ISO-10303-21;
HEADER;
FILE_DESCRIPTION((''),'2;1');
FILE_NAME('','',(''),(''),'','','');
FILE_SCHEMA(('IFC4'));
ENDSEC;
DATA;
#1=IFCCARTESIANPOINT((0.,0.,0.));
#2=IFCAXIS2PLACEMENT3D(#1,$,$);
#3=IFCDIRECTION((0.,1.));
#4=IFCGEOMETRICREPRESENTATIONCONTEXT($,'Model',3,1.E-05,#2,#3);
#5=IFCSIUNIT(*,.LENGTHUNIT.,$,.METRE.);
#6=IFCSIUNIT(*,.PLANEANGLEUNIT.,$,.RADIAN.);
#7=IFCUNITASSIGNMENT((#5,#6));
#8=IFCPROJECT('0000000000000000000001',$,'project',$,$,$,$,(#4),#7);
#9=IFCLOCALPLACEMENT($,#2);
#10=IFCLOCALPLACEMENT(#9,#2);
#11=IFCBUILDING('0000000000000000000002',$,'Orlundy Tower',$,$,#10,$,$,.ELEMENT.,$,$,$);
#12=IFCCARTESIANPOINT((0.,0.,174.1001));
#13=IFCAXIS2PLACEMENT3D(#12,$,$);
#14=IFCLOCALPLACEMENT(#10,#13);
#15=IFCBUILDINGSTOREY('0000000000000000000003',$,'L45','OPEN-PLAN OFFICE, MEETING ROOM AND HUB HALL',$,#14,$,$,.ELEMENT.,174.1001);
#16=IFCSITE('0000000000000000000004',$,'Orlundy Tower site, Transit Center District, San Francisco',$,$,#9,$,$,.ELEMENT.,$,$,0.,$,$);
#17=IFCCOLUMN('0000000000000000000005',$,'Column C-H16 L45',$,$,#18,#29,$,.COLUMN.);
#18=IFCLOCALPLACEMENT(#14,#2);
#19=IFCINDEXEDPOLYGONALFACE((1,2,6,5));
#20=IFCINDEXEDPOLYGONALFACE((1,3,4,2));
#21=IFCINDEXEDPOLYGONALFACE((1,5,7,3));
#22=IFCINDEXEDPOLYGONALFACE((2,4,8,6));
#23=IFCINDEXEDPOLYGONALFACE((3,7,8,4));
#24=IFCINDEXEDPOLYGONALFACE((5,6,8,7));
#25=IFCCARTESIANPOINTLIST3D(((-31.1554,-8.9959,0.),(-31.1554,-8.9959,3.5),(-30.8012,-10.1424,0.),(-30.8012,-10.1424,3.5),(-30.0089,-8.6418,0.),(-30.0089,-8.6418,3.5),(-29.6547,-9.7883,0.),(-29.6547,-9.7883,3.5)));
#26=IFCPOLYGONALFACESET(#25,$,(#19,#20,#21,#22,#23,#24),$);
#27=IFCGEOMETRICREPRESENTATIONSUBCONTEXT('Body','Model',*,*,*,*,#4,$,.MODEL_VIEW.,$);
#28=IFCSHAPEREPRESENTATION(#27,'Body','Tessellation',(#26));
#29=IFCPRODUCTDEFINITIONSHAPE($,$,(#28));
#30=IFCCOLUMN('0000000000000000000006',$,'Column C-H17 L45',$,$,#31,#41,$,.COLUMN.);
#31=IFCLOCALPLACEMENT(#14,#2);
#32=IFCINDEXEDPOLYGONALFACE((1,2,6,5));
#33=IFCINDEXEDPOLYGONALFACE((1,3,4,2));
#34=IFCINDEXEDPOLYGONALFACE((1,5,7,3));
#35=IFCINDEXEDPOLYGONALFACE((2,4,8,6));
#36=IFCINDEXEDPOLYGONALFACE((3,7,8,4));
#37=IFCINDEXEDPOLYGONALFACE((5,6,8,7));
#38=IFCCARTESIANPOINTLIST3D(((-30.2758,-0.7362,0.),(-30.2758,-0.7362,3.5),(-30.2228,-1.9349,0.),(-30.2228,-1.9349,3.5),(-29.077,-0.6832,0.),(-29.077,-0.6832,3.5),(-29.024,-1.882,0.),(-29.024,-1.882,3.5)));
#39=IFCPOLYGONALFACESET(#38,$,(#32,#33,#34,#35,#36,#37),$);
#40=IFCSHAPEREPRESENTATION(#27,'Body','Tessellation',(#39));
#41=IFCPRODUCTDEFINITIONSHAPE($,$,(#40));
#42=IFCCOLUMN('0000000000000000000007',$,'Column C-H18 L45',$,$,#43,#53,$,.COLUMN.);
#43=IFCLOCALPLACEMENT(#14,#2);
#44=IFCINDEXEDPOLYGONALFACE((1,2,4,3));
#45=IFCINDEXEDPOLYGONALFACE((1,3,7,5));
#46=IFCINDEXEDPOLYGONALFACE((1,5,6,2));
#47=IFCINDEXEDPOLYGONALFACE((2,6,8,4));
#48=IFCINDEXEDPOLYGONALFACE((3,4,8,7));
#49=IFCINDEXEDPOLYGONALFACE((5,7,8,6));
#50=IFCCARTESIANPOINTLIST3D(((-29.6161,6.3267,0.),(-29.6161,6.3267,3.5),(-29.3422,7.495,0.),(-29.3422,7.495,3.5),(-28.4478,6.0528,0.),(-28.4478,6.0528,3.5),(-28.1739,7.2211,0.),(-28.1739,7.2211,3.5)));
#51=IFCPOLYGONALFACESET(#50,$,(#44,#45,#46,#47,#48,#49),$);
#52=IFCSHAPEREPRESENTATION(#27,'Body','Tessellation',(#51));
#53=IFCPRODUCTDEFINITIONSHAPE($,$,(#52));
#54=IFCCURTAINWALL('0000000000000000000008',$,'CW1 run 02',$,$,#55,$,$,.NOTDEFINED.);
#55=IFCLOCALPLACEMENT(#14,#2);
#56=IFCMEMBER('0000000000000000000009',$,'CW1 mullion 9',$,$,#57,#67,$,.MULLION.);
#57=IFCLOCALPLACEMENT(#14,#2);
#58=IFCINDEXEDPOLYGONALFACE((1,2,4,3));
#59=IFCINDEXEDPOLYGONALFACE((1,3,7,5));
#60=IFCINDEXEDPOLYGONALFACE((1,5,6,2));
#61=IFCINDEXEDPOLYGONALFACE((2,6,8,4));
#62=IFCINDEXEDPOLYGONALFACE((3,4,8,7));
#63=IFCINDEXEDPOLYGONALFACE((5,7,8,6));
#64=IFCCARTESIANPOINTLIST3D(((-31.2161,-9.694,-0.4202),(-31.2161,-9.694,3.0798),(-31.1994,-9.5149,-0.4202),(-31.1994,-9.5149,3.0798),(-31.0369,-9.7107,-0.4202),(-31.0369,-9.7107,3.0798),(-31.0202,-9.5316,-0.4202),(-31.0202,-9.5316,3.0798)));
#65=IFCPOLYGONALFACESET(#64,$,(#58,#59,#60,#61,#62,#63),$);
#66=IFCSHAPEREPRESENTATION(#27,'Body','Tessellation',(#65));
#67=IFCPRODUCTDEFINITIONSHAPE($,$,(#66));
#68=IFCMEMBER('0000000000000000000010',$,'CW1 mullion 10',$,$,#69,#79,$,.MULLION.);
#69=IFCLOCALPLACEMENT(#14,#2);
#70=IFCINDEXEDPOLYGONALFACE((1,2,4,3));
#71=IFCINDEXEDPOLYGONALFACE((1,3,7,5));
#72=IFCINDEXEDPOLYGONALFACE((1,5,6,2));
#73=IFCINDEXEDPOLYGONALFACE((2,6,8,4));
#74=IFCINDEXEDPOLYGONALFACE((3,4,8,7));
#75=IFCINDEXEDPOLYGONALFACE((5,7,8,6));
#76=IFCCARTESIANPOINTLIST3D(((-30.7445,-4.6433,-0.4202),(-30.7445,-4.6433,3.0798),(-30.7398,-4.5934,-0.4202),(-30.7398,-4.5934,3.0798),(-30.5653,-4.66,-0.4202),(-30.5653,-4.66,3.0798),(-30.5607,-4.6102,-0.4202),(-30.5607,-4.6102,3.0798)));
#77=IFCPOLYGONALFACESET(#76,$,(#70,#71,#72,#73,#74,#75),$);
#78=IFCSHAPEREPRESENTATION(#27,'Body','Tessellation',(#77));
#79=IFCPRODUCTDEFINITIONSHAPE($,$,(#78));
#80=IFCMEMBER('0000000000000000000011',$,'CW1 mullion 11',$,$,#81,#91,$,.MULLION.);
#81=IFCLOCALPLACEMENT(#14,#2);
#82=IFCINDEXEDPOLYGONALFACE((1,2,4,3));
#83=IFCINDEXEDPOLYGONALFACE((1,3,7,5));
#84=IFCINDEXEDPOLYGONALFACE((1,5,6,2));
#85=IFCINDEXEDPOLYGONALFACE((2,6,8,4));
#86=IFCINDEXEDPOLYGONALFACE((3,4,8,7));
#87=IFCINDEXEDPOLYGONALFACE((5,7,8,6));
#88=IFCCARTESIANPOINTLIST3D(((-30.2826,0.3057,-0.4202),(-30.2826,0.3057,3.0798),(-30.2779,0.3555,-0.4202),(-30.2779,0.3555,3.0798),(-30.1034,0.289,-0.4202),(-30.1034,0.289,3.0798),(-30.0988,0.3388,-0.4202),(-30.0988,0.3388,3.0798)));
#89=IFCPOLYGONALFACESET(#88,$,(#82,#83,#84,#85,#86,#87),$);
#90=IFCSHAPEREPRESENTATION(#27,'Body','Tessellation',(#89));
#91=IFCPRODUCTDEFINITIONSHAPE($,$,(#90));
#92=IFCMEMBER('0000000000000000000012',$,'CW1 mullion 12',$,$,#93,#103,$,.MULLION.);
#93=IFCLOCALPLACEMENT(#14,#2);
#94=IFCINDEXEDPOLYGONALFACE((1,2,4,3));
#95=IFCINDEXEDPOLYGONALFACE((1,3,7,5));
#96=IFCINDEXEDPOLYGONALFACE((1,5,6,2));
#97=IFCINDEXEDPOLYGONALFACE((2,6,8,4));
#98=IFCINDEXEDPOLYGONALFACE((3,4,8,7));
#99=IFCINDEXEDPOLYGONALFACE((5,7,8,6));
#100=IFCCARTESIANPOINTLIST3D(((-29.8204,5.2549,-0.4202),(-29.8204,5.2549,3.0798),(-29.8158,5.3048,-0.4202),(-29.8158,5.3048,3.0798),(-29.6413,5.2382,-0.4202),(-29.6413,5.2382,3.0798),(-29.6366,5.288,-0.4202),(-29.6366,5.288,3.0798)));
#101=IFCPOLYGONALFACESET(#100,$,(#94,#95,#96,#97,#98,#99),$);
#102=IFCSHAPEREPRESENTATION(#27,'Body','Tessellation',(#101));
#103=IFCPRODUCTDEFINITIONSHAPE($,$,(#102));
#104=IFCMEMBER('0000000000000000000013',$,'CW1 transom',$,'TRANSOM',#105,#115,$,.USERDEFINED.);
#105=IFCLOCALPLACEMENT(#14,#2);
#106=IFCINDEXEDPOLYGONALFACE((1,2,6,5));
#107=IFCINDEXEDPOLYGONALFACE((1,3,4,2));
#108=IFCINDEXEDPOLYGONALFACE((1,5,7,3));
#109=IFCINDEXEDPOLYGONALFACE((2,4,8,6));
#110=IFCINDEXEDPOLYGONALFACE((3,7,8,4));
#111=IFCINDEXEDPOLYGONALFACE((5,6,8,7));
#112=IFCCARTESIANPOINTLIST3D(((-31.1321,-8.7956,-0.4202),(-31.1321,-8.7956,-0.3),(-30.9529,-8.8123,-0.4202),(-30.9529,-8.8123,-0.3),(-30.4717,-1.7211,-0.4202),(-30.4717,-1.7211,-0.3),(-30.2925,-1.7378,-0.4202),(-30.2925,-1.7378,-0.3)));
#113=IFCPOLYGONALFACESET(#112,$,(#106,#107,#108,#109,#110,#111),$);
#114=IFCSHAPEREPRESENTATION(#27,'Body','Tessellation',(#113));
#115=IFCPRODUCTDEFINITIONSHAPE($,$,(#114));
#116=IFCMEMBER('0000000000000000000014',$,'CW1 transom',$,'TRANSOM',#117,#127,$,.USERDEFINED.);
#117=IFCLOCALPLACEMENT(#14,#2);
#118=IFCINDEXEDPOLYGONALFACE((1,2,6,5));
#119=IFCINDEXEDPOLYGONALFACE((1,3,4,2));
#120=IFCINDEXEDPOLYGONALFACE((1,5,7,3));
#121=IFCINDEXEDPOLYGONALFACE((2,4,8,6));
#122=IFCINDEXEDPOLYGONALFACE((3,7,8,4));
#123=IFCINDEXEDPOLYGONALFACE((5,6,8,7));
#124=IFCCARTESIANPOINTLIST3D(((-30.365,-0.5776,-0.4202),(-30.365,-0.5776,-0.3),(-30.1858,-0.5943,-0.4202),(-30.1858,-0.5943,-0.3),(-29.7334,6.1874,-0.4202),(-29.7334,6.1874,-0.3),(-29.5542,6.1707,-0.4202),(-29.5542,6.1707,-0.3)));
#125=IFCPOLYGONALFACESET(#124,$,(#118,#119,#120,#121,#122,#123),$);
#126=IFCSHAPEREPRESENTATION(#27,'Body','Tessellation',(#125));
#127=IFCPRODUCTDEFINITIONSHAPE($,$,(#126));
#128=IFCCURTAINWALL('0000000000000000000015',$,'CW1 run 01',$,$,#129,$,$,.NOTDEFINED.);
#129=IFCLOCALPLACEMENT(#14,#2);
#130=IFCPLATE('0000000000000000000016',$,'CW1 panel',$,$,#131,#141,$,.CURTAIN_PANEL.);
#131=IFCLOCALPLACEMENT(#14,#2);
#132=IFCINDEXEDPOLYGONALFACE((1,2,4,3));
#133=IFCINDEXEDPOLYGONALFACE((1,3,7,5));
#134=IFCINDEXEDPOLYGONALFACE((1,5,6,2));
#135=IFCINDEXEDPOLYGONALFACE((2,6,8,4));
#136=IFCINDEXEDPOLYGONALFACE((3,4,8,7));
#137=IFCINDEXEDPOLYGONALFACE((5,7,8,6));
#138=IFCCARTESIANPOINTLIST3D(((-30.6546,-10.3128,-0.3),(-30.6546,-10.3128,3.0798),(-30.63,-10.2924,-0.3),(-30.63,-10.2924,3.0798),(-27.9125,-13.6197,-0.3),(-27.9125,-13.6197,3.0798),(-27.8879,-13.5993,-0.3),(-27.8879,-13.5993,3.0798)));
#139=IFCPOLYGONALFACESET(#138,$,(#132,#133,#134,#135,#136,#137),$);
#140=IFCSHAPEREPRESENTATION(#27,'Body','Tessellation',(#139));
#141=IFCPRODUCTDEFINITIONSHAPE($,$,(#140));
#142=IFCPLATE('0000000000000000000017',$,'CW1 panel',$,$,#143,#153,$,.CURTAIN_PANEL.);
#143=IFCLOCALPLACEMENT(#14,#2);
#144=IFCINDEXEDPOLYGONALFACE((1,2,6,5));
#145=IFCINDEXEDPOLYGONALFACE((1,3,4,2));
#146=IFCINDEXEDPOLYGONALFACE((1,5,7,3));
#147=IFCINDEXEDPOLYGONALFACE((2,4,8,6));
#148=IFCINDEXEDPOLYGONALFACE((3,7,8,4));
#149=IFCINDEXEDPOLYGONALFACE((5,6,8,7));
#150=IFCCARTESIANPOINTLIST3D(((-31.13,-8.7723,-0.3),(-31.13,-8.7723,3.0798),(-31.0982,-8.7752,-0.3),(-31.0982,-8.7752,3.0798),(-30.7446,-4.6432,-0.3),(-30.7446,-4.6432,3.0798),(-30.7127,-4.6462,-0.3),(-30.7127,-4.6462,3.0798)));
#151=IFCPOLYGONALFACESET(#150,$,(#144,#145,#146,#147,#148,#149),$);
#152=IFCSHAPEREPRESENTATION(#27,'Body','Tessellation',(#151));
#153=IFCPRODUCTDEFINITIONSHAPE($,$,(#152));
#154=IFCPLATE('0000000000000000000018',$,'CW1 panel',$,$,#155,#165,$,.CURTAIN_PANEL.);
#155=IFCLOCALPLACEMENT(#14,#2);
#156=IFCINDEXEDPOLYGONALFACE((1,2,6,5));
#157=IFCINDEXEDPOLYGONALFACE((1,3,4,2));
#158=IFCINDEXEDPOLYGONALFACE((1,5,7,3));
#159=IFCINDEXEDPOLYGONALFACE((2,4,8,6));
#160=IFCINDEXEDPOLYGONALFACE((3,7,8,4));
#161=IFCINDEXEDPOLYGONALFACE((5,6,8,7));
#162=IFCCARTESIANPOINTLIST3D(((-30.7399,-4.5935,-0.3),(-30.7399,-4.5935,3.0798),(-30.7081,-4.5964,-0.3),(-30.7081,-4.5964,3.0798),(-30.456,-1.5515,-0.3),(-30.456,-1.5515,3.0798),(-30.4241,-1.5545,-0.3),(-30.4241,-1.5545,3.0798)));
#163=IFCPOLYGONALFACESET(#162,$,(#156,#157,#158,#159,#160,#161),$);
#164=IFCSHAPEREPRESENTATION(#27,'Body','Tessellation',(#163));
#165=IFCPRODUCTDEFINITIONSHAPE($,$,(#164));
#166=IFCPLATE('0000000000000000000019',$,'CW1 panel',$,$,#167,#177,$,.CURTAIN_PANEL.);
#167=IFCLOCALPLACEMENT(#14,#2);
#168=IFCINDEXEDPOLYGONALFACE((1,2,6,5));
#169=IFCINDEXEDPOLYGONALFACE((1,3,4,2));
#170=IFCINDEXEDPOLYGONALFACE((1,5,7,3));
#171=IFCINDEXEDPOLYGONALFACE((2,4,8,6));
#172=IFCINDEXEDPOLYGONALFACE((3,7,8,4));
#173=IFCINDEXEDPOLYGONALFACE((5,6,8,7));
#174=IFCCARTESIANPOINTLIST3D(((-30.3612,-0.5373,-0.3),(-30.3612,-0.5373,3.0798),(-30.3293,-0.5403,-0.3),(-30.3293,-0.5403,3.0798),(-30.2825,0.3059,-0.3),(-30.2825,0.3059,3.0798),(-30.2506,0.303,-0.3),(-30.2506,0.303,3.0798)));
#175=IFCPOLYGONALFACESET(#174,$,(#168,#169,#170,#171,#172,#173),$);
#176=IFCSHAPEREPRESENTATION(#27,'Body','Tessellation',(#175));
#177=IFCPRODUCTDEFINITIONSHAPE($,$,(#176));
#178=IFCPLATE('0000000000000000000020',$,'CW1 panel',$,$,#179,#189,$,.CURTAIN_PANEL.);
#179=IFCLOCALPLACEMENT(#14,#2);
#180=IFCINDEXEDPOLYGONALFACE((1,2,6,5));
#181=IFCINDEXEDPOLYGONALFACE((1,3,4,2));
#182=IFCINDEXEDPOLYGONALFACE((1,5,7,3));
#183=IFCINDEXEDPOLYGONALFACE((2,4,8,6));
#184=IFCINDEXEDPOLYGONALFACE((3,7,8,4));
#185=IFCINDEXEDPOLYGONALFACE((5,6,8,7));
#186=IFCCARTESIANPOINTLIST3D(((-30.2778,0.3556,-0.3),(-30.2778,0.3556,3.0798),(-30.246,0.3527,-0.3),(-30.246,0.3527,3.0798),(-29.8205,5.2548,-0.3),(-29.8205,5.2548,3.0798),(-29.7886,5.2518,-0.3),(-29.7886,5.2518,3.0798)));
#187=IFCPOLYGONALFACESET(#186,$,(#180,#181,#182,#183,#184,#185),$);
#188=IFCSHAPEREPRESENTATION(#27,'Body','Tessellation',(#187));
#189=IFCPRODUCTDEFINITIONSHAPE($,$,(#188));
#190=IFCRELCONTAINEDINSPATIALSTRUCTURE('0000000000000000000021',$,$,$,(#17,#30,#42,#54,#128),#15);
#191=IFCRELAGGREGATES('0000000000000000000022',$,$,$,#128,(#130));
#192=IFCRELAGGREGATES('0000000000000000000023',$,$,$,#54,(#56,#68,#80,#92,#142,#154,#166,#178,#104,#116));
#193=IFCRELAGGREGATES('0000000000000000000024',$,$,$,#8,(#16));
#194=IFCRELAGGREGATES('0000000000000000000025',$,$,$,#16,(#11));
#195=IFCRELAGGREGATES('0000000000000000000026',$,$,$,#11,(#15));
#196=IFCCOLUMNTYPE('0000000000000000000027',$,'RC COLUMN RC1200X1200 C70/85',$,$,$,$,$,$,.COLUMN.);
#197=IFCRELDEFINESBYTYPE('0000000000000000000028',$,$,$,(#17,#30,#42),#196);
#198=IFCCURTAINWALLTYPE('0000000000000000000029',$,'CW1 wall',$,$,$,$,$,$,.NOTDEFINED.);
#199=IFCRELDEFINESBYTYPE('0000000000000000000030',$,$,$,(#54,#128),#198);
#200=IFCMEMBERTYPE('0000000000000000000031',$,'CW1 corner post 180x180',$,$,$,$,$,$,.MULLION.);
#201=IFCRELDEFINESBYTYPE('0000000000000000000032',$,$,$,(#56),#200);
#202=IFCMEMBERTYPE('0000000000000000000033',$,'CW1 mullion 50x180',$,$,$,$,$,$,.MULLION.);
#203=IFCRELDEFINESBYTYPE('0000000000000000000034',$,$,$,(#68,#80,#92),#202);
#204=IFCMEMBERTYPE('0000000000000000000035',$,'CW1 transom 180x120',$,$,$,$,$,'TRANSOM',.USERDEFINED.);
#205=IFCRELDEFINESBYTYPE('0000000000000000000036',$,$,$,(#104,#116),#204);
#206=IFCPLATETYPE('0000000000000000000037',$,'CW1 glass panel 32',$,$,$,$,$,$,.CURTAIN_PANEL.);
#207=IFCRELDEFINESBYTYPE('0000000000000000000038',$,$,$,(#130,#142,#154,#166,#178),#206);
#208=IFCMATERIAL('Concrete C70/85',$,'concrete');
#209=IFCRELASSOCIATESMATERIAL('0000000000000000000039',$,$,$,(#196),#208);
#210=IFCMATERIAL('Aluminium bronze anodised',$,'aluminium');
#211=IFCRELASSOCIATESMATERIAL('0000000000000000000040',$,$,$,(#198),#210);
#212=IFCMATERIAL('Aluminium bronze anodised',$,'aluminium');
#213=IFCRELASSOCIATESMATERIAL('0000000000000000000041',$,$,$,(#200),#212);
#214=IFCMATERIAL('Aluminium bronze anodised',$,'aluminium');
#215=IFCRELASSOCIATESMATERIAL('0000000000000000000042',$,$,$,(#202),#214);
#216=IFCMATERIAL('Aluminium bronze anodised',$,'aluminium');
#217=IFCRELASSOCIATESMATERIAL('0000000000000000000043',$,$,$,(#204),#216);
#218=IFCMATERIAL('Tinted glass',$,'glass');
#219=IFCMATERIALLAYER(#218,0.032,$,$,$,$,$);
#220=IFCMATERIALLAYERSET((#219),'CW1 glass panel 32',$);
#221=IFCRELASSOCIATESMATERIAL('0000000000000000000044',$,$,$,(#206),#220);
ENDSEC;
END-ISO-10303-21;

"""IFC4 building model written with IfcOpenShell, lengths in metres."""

from ifc_helpers import new_model, si_unit, direction, frame, origin, origin_2d, place, context, subcontext, project, spatial, rectangle, extrude, material, layer, layer_set, material_profile, profile_set, type_object, element, aggregate, save


model = new_model("IFC4")

# Units and contexts
model_context = context("Model", 3, precision=1e-05, world=origin(), true_north=direction((0.0, 1.0)))
body_context = subcontext(model_context, "Body", "Model", "MODEL_VIEW")
ifc_project = project(units=[si_unit("LENGTHUNIT", "METRE"), si_unit("PLANEANGLEUNIT", "RADIAN")], contexts=[model_context])

# Site, building, storey
site_placement = place(None, origin())
site = spatial("IfcSite", under=ifc_project, at=site_placement, Name="Orlundy Tower site, Transit Center District, San Francisco", CompositionType="ELEMENT", RefElevation=0.0)
building_placement = place(site_placement, origin())
building = spatial("IfcBuilding", under=site, at=building_placement, Name="Orlundy Tower", CompositionType="ELEMENT")
storey_placement = place(building_placement, frame((0.0, 0.0, 174.1001)))
storey = spatial("IfcBuildingStorey", under=building, at=storey_placement, Name="L45", Description="OPEN-PLAN OFFICE, MEETING ROOM AND HUB HALL", CompositionType="ELEMENT", Elevation=174.1001)

# Columns
ifc_material_1 = material(Name="Concrete C70/85", Category="concrete")
ifc_material_profile_1 = material_profile(ifc_material_1, rectangle(XDim=1.2, YDim=1.2, at=origin_2d()), Name="RC1200X1200")
ifc_profile_set_1 = profile_set([ifc_material_profile_1], Name="Concrete C70/85")
column_type = type_object("IfcColumnType", Name="RC COLUMN RC1200X1200 C70/85", PredefinedType="COLUMN", material=ifc_profile_set_1)
for number, where, z_axis, x_axis, name in (
    (1, (-30.405, -9.3921, 0.0), (0.0, 0.0, 1.0), (-0.955454, -0.295141, 0.0), "Column C-H16 L45"),
    (2, (-29.6499, -1.3091, 0.0), (0.0, 0.0, 1.0), (-0.999027, -0.044108, 0.0), "Column C-H17 L45"),
    (3, (-28.895, 6.7739, 0.0), (0.0, 0.0, 1.0), (-0.973603, 0.228249, 0.0), "Column C-H18 L45"),
):
    element("IfcColumn", number, at=place(storey_placement, frame(where, z_axis=z_axis, x_axis=x_axis)), inside=storey, type_object=column_type, Name=name, PredefinedType="COLUMN", context=body_context, shape_type="SweptSolid", body=[
        extrude(rectangle(XDim=1.2, YDim=1.2, at=origin_2d()), origin(), (0.0, 0.0, 1.0), 3.5),
    ])

# Curtain wall, members
ifc_material_2 = material(Name="Aluminium bronze anodised", Category="aluminium")
curtain_wall_type = type_object("IfcCurtainWallType", Name="CW1 wall", PredefinedType="NOTDEFINED", material=ifc_material_2)
curtain_wall_1_placement = place(storey_placement, origin())
curtain_wall_1 = element("IfcCurtainWall", 4, at=curtain_wall_1_placement, inside=storey, type_object=curtain_wall_type, Name="CW1 run 02", PredefinedType="NOTDEFINED")
ifc_material_3 = material(Name="Aluminium bronze anodised", Category="aluminium")
ifc_material_profile_2 = material_profile(ifc_material_3, rectangle(XDim=0.1799, YDim=0.1799, at=origin_2d()), Name="CW1 corner post 180x180")
ifc_profile_set_2 = profile_set([ifc_material_profile_2], Name="Aluminium bronze anodised")
member_type_1 = type_object("IfcMemberType", Name="CW1 corner post 180x180", PredefinedType="MULLION", material=ifc_profile_set_2)
member_1_placement = place(storey_placement, frame((-31.1182, -9.6128, -0.4202), z_axis=(0.0, 0.0, 1.0), x_axis=(-0.995671, 0.092948, 0.0)))
member_1 = element("IfcMember", 5, at=member_1_placement, type_object=member_type_1, Name="CW1 mullion 9", PredefinedType="MULLION", context=body_context, shape_type="SweptSolid", body=[
    extrude(rectangle(XDim=0.1799, YDim=0.1799, at=origin_2d()), origin(), (0.0, 0.0, 1.0), 3.5),
])
ifc_material_4 = material(Name="Aluminium bronze anodised", Category="aluminium")
ifc_material_profile_3 = material_profile(ifc_material_4, rectangle(XDim=0.1799, YDim=0.05, at=origin_2d()), Name="CW1 mullion 50x180")
ifc_profile_set_3 = profile_set([ifc_material_profile_3], Name="Aluminium bronze anodised")
member_type_2 = type_object("IfcMemberType", Name="CW1 mullion 50x180", PredefinedType="MULLION", material=ifc_profile_set_3)
member_2_placement = place(storey_placement, frame((-30.6526, -4.6267, -0.4202), z_axis=(0.0, 0.0, 1.0), x_axis=(-0.995671, 0.092948, 0.0)))
member_2 = element("IfcMember", 6, at=member_2_placement, type_object=member_type_2, Name="CW1 mullion 10", PredefinedType="MULLION", context=body_context, shape_type="SweptSolid", body=[
    extrude(rectangle(XDim=0.1799, YDim=0.05, at=origin_2d()), origin(), (0.0, 0.0, 1.0), 3.5),
])
member_3_placement = place(storey_placement, frame((-30.1907, 0.3223, -0.4202), z_axis=(0.0, 0.0, 1.0), x_axis=(-0.995671, 0.092948, 0.0)))
member_3 = element("IfcMember", 7, at=member_3_placement, type_object=member_type_2, Name="CW1 mullion 11", PredefinedType="MULLION", context=body_context, shape_type="SweptSolid", body=[
    extrude(rectangle(XDim=0.1799, YDim=0.05, at=origin_2d()), origin(), (0.0, 0.0, 1.0), 3.5),
])
member_4_placement = place(storey_placement, frame((-29.7285, 5.2715, -0.4202), z_axis=(0.0, 0.0, 1.0), x_axis=(-0.995671, 0.092948, 0.0)))
member_4 = element("IfcMember", 8, at=member_4_placement, type_object=member_type_2, Name="CW1 mullion 12", PredefinedType="MULLION", context=body_context, shape_type="SweptSolid", body=[
    extrude(rectangle(XDim=0.1799, YDim=0.05, at=origin_2d()), origin(), (0.0, 0.0, 1.0), 3.5),
])
ifc_material_5 = material(Name="Aluminium bronze anodised", Category="aluminium")
ifc_material_profile_4 = material_profile(ifc_material_5, rectangle(XDim=0.1799, YDim=0.1201, at=origin_2d()), Name="CW1 transom 180x120")
ifc_profile_set_4 = profile_set([ifc_material_profile_4], Name="Aluminium bronze anodised")
member_type_3 = type_object("IfcMemberType", Name="CW1 transom 180x120", ElementType="TRANSOM", PredefinedType="USERDEFINED", material=ifc_profile_set_4)
member_5_placement = place(storey_placement, frame((-31.0425, -8.804, -0.3601), z_axis=(0.092946, 0.995671, 0.0), x_axis=(-0.995671, 0.092946, 0.0)))
member_5 = element("IfcMember", 9, at=member_5_placement, type_object=member_type_3, Name="CW1 transom", ObjectType="TRANSOM", PredefinedType="USERDEFINED", context=body_context, shape_type="SweptSolid", body=[
    extrude(rectangle(XDim=0.1799, YDim=0.1201, at=origin_2d()), origin(), (0.0, 0.0, 1.0), 7.1052),
])
member_6_placement = place(storey_placement, frame((-30.2754, -0.5859, -0.3601), z_axis=(0.092956, 0.99567, 0.0), x_axis=(-0.99567, 0.092956, 0.0)))
member_6 = element("IfcMember", 10, at=member_6_placement, type_object=member_type_3, Name="CW1 transom", ObjectType="TRANSOM", PredefinedType="USERDEFINED", context=body_context, shape_type="SweptSolid", body=[
    extrude(rectangle(XDim=0.1799, YDim=0.1201, at=origin_2d()), origin(), (0.0, 0.0, 1.0), 6.7944),
])

# Curtain wall, plate
curtain_wall_2_placement = place(storey_placement, origin())
curtain_wall_2 = element("IfcCurtainWall", 11, at=curtain_wall_2_placement, inside=storey, type_object=curtain_wall_type, Name="CW1 run 01", PredefinedType="NOTDEFINED")
ifc_material_6 = material(Name="Tinted glass", Category="glass")
ifc_layer_1 = layer(ifc_material_6, 0.032)
ifc_layer_set_1 = layer_set([ifc_layer_1], Name="CW1 glass panel 32")
plate_type = type_object("IfcPlateType", Name="CW1 glass panel 32", PredefinedType="CURTAIN_PANEL", material=ifc_layer_set_1)
plate_1_placement = place(storey_placement, frame((-29.2712, -11.9561, -0.3), z_axis=(0.0, 0.0, 1.0), x_axis=(-0.638299, 0.769788, 0.0)))
plate_1 = element("IfcPlate", 12, at=plate_1_placement, type_object=plate_type, Name="CW1 panel", PredefinedType="CURTAIN_PANEL", context=body_context, shape_type="SweptSolid", body=[
    extrude(rectangle(XDim=4.2959, YDim=0.032, at=origin_2d()), origin(), (0.0, 0.0, 1.0), 3.3799),
])
aggregate(curtain_wall_2, [plate_1])

# Plates
plate_2_placement = place(storey_placement, frame((-30.9214, -6.7092, -0.3), z_axis=(0.0, 0.0, 1.0), x_axis=(0.092948, 0.995671, 0.0)))
plate_2 = element("IfcPlate", 13, at=plate_2_placement, type_object=plate_type, Name="CW1 panel", PredefinedType="CURTAIN_PANEL", context=body_context, shape_type="SweptSolid", body=[
    extrude(rectangle(XDim=4.147, YDim=0.032, at=origin_2d()), origin(), (0.0, 0.0, 1.0), 3.3799),
])
plate_3_placement = place(storey_placement, frame((-30.582, -3.074, -0.3), z_axis=(0.0, 0.0, 1.0), x_axis=(0.092948, 0.995671, 0.0)))
plate_3 = element("IfcPlate", 14, at=plate_3_placement, type_object=plate_type, Name="CW1 panel", PredefinedType="CURTAIN_PANEL", context=body_context, shape_type="SweptSolid", body=[
    extrude(rectangle(XDim=3.0552, YDim=0.032, at=origin_2d()), origin(), (0.0, 0.0, 1.0), 3.3799),
])
plate_4_placement = place(storey_placement, frame((-30.3059, -0.1172, -0.3), z_axis=(0.0, 0.0, 1.0), x_axis=(0.092948, 0.995671, 0.0)))
plate_4 = element("IfcPlate", 15, at=plate_4_placement, type_object=plate_type, Name="CW1 panel", PredefinedType="CURTAIN_PANEL", context=body_context, shape_type="SweptSolid", body=[
    extrude(rectangle(XDim=0.8469, YDim=0.032, at=origin_2d()), origin(), (0.0, 0.0, 1.0), 3.3799),
])
plate_5_placement = place(storey_placement, frame((-30.0332, 2.8037, -0.3), z_axis=(0.0, 0.0, 1.0), x_axis=(0.092948, 0.995671, 0.0)))
plate_5 = element("IfcPlate", 16, at=plate_5_placement, type_object=plate_type, Name="CW1 panel", PredefinedType="CURTAIN_PANEL", context=body_context, shape_type="SweptSolid", body=[
    extrude(rectangle(XDim=4.9204, YDim=0.032, at=origin_2d()), origin(), (0.0, 0.0, 1.0), 3.3799),
])
aggregate(curtain_wall_1, [member_1, member_2, member_3, member_4, plate_2, plate_3, plate_4, plate_5, member_5, member_6])

save(model, "model.ifc")
